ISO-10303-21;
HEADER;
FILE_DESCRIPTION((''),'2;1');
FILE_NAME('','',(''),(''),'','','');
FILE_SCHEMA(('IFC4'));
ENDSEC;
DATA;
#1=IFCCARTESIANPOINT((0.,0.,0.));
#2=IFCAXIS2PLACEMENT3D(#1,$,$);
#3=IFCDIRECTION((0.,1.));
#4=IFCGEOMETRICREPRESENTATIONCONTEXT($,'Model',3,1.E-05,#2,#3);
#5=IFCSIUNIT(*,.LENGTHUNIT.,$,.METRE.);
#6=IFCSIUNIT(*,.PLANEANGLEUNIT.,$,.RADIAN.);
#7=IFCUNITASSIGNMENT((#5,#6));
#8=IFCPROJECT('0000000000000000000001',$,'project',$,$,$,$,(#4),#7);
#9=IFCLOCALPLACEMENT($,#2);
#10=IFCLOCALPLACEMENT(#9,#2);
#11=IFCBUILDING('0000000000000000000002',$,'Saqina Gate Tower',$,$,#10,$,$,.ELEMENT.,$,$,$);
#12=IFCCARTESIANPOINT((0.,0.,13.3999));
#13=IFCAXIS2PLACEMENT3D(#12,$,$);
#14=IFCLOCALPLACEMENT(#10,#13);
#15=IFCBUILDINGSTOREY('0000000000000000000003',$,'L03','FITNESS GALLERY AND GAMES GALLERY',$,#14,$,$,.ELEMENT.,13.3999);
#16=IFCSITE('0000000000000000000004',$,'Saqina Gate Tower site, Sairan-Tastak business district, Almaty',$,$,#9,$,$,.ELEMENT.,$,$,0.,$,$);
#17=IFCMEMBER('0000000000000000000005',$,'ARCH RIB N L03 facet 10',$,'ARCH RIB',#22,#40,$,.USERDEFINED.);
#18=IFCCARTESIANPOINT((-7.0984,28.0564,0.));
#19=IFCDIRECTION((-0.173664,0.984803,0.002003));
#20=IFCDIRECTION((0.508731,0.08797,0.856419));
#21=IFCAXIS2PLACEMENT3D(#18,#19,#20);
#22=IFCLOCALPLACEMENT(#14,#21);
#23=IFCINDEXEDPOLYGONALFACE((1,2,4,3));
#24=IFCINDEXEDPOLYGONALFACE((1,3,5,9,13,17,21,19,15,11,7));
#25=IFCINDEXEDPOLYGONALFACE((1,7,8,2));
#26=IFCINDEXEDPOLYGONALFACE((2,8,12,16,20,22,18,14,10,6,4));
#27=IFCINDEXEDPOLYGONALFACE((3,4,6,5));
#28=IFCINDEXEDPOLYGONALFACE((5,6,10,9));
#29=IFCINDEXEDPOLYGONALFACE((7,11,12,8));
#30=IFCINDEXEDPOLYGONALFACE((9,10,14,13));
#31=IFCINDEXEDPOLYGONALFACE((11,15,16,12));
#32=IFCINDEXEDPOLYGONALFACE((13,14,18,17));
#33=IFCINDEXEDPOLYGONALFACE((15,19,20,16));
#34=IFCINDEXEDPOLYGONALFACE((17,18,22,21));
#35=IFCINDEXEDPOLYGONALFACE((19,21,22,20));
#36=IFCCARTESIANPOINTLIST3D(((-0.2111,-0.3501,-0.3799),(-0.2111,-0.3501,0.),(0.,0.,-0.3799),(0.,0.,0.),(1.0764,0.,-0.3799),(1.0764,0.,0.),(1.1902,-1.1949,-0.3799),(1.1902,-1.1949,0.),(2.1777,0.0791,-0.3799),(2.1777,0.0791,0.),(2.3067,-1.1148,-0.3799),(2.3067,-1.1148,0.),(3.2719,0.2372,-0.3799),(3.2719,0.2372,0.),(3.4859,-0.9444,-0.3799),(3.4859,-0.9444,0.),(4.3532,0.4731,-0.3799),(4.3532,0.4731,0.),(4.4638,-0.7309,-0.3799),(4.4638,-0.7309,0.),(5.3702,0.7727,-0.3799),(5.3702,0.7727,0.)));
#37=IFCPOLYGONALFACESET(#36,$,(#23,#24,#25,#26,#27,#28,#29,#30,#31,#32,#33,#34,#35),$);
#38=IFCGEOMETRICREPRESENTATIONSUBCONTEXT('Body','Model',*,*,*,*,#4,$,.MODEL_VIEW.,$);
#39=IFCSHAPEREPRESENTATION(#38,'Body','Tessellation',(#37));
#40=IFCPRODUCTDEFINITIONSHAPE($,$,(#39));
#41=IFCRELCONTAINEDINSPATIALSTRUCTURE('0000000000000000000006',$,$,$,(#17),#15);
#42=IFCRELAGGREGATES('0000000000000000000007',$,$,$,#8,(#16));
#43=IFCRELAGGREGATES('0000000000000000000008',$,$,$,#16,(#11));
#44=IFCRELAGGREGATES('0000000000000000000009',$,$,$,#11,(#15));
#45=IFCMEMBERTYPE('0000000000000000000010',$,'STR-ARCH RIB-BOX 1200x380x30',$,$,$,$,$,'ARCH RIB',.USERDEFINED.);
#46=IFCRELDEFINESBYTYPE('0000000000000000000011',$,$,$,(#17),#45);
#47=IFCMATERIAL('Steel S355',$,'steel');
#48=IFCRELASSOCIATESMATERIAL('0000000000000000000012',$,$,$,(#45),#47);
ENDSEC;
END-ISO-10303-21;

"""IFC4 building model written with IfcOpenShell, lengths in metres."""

from ifc_helpers import new_model, si_unit, direction, frame, origin, origin_2d, place, context, subcontext, project, spatial, polyline, hollow_rectangle, outline, extrude, material, material_profile, profile_set, type_object, element, save


model = new_model("IFC4")

# Units and contexts
model_context = context("Model", 3, precision=1e-05, world=origin(), true_north=direction((0.0, 1.0)))
body_context = subcontext(model_context, "Body", "Model", "MODEL_VIEW")
ifc_project = project(units=[si_unit("LENGTHUNIT", "METRE"), si_unit("PLANEANGLEUNIT", "RADIAN")], contexts=[model_context])

# Site, building, storey
site_placement = place(None, origin())
site = spatial("IfcSite", under=ifc_project, at=site_placement, Name="Saqina Gate Tower site, Sairan-Tastak business district, Almaty", CompositionType="ELEMENT", RefElevation=0.0)
building_placement = place(site_placement, origin())
building = spatial("IfcBuilding", under=site, at=building_placement, Name="Saqina Gate Tower", CompositionType="ELEMENT")
storey_placement = place(building_placement, frame((0.0, 0.0, 13.3999)))
storey = spatial("IfcBuildingStorey", under=building, at=storey_placement, Name="L03", Description="FITNESS GALLERY AND GAMES GALLERY", CompositionType="ELEMENT", Elevation=13.3999)

# Member
ifc_material_1 = material(Name="Steel S355", Category="steel")
ifc_material_profile_1 = material_profile(ifc_material_1, hollow_rectangle(XDim=1.2, YDim=0.3799, WallThickness=0.03, at=origin_2d()), Name="BOX 1200x380x30")
ifc_profile_set_1 = profile_set([ifc_material_profile_1], Name="Steel S355")
member_type_1 = type_object("IfcMemberType", Name="STR-ARCH RIB-BOX 1200x380x30", ElementType="ARCH RIB", PredefinedType="USERDEFINED", material=ifc_profile_set_1)
member_1_placement = place(storey_placement, frame((-7.0984, 28.0564, 0.0), z_axis=(-0.173664, 0.984803, 0.002003), x_axis=(0.508731, 0.08797, 0.856419)))
element("IfcMember", 1, at=member_1_placement, inside=storey, type_object=member_type_1, Name="ARCH RIB N L03 facet 10", ObjectType="ARCH RIB", PredefinedType="USERDEFINED", context=body_context, shape_type="SweptSolid", body=[
    extrude(outline(polyline([(0.0, 0.0), (1.0764, 0.0), (2.1777, 0.0791), (3.2719, 0.2372), (4.3532, 0.4731), (5.3702, 0.7727), (4.4638, -0.7309), (3.4859, -0.9444), (2.3067, -1.1148), (1.1902, -1.1949), (-0.2111, -0.3501), (0.0, 0.0)])), origin(), (0.0, 0.0, -1.0), 0.3799),
])

save(model, "model.ifc")
